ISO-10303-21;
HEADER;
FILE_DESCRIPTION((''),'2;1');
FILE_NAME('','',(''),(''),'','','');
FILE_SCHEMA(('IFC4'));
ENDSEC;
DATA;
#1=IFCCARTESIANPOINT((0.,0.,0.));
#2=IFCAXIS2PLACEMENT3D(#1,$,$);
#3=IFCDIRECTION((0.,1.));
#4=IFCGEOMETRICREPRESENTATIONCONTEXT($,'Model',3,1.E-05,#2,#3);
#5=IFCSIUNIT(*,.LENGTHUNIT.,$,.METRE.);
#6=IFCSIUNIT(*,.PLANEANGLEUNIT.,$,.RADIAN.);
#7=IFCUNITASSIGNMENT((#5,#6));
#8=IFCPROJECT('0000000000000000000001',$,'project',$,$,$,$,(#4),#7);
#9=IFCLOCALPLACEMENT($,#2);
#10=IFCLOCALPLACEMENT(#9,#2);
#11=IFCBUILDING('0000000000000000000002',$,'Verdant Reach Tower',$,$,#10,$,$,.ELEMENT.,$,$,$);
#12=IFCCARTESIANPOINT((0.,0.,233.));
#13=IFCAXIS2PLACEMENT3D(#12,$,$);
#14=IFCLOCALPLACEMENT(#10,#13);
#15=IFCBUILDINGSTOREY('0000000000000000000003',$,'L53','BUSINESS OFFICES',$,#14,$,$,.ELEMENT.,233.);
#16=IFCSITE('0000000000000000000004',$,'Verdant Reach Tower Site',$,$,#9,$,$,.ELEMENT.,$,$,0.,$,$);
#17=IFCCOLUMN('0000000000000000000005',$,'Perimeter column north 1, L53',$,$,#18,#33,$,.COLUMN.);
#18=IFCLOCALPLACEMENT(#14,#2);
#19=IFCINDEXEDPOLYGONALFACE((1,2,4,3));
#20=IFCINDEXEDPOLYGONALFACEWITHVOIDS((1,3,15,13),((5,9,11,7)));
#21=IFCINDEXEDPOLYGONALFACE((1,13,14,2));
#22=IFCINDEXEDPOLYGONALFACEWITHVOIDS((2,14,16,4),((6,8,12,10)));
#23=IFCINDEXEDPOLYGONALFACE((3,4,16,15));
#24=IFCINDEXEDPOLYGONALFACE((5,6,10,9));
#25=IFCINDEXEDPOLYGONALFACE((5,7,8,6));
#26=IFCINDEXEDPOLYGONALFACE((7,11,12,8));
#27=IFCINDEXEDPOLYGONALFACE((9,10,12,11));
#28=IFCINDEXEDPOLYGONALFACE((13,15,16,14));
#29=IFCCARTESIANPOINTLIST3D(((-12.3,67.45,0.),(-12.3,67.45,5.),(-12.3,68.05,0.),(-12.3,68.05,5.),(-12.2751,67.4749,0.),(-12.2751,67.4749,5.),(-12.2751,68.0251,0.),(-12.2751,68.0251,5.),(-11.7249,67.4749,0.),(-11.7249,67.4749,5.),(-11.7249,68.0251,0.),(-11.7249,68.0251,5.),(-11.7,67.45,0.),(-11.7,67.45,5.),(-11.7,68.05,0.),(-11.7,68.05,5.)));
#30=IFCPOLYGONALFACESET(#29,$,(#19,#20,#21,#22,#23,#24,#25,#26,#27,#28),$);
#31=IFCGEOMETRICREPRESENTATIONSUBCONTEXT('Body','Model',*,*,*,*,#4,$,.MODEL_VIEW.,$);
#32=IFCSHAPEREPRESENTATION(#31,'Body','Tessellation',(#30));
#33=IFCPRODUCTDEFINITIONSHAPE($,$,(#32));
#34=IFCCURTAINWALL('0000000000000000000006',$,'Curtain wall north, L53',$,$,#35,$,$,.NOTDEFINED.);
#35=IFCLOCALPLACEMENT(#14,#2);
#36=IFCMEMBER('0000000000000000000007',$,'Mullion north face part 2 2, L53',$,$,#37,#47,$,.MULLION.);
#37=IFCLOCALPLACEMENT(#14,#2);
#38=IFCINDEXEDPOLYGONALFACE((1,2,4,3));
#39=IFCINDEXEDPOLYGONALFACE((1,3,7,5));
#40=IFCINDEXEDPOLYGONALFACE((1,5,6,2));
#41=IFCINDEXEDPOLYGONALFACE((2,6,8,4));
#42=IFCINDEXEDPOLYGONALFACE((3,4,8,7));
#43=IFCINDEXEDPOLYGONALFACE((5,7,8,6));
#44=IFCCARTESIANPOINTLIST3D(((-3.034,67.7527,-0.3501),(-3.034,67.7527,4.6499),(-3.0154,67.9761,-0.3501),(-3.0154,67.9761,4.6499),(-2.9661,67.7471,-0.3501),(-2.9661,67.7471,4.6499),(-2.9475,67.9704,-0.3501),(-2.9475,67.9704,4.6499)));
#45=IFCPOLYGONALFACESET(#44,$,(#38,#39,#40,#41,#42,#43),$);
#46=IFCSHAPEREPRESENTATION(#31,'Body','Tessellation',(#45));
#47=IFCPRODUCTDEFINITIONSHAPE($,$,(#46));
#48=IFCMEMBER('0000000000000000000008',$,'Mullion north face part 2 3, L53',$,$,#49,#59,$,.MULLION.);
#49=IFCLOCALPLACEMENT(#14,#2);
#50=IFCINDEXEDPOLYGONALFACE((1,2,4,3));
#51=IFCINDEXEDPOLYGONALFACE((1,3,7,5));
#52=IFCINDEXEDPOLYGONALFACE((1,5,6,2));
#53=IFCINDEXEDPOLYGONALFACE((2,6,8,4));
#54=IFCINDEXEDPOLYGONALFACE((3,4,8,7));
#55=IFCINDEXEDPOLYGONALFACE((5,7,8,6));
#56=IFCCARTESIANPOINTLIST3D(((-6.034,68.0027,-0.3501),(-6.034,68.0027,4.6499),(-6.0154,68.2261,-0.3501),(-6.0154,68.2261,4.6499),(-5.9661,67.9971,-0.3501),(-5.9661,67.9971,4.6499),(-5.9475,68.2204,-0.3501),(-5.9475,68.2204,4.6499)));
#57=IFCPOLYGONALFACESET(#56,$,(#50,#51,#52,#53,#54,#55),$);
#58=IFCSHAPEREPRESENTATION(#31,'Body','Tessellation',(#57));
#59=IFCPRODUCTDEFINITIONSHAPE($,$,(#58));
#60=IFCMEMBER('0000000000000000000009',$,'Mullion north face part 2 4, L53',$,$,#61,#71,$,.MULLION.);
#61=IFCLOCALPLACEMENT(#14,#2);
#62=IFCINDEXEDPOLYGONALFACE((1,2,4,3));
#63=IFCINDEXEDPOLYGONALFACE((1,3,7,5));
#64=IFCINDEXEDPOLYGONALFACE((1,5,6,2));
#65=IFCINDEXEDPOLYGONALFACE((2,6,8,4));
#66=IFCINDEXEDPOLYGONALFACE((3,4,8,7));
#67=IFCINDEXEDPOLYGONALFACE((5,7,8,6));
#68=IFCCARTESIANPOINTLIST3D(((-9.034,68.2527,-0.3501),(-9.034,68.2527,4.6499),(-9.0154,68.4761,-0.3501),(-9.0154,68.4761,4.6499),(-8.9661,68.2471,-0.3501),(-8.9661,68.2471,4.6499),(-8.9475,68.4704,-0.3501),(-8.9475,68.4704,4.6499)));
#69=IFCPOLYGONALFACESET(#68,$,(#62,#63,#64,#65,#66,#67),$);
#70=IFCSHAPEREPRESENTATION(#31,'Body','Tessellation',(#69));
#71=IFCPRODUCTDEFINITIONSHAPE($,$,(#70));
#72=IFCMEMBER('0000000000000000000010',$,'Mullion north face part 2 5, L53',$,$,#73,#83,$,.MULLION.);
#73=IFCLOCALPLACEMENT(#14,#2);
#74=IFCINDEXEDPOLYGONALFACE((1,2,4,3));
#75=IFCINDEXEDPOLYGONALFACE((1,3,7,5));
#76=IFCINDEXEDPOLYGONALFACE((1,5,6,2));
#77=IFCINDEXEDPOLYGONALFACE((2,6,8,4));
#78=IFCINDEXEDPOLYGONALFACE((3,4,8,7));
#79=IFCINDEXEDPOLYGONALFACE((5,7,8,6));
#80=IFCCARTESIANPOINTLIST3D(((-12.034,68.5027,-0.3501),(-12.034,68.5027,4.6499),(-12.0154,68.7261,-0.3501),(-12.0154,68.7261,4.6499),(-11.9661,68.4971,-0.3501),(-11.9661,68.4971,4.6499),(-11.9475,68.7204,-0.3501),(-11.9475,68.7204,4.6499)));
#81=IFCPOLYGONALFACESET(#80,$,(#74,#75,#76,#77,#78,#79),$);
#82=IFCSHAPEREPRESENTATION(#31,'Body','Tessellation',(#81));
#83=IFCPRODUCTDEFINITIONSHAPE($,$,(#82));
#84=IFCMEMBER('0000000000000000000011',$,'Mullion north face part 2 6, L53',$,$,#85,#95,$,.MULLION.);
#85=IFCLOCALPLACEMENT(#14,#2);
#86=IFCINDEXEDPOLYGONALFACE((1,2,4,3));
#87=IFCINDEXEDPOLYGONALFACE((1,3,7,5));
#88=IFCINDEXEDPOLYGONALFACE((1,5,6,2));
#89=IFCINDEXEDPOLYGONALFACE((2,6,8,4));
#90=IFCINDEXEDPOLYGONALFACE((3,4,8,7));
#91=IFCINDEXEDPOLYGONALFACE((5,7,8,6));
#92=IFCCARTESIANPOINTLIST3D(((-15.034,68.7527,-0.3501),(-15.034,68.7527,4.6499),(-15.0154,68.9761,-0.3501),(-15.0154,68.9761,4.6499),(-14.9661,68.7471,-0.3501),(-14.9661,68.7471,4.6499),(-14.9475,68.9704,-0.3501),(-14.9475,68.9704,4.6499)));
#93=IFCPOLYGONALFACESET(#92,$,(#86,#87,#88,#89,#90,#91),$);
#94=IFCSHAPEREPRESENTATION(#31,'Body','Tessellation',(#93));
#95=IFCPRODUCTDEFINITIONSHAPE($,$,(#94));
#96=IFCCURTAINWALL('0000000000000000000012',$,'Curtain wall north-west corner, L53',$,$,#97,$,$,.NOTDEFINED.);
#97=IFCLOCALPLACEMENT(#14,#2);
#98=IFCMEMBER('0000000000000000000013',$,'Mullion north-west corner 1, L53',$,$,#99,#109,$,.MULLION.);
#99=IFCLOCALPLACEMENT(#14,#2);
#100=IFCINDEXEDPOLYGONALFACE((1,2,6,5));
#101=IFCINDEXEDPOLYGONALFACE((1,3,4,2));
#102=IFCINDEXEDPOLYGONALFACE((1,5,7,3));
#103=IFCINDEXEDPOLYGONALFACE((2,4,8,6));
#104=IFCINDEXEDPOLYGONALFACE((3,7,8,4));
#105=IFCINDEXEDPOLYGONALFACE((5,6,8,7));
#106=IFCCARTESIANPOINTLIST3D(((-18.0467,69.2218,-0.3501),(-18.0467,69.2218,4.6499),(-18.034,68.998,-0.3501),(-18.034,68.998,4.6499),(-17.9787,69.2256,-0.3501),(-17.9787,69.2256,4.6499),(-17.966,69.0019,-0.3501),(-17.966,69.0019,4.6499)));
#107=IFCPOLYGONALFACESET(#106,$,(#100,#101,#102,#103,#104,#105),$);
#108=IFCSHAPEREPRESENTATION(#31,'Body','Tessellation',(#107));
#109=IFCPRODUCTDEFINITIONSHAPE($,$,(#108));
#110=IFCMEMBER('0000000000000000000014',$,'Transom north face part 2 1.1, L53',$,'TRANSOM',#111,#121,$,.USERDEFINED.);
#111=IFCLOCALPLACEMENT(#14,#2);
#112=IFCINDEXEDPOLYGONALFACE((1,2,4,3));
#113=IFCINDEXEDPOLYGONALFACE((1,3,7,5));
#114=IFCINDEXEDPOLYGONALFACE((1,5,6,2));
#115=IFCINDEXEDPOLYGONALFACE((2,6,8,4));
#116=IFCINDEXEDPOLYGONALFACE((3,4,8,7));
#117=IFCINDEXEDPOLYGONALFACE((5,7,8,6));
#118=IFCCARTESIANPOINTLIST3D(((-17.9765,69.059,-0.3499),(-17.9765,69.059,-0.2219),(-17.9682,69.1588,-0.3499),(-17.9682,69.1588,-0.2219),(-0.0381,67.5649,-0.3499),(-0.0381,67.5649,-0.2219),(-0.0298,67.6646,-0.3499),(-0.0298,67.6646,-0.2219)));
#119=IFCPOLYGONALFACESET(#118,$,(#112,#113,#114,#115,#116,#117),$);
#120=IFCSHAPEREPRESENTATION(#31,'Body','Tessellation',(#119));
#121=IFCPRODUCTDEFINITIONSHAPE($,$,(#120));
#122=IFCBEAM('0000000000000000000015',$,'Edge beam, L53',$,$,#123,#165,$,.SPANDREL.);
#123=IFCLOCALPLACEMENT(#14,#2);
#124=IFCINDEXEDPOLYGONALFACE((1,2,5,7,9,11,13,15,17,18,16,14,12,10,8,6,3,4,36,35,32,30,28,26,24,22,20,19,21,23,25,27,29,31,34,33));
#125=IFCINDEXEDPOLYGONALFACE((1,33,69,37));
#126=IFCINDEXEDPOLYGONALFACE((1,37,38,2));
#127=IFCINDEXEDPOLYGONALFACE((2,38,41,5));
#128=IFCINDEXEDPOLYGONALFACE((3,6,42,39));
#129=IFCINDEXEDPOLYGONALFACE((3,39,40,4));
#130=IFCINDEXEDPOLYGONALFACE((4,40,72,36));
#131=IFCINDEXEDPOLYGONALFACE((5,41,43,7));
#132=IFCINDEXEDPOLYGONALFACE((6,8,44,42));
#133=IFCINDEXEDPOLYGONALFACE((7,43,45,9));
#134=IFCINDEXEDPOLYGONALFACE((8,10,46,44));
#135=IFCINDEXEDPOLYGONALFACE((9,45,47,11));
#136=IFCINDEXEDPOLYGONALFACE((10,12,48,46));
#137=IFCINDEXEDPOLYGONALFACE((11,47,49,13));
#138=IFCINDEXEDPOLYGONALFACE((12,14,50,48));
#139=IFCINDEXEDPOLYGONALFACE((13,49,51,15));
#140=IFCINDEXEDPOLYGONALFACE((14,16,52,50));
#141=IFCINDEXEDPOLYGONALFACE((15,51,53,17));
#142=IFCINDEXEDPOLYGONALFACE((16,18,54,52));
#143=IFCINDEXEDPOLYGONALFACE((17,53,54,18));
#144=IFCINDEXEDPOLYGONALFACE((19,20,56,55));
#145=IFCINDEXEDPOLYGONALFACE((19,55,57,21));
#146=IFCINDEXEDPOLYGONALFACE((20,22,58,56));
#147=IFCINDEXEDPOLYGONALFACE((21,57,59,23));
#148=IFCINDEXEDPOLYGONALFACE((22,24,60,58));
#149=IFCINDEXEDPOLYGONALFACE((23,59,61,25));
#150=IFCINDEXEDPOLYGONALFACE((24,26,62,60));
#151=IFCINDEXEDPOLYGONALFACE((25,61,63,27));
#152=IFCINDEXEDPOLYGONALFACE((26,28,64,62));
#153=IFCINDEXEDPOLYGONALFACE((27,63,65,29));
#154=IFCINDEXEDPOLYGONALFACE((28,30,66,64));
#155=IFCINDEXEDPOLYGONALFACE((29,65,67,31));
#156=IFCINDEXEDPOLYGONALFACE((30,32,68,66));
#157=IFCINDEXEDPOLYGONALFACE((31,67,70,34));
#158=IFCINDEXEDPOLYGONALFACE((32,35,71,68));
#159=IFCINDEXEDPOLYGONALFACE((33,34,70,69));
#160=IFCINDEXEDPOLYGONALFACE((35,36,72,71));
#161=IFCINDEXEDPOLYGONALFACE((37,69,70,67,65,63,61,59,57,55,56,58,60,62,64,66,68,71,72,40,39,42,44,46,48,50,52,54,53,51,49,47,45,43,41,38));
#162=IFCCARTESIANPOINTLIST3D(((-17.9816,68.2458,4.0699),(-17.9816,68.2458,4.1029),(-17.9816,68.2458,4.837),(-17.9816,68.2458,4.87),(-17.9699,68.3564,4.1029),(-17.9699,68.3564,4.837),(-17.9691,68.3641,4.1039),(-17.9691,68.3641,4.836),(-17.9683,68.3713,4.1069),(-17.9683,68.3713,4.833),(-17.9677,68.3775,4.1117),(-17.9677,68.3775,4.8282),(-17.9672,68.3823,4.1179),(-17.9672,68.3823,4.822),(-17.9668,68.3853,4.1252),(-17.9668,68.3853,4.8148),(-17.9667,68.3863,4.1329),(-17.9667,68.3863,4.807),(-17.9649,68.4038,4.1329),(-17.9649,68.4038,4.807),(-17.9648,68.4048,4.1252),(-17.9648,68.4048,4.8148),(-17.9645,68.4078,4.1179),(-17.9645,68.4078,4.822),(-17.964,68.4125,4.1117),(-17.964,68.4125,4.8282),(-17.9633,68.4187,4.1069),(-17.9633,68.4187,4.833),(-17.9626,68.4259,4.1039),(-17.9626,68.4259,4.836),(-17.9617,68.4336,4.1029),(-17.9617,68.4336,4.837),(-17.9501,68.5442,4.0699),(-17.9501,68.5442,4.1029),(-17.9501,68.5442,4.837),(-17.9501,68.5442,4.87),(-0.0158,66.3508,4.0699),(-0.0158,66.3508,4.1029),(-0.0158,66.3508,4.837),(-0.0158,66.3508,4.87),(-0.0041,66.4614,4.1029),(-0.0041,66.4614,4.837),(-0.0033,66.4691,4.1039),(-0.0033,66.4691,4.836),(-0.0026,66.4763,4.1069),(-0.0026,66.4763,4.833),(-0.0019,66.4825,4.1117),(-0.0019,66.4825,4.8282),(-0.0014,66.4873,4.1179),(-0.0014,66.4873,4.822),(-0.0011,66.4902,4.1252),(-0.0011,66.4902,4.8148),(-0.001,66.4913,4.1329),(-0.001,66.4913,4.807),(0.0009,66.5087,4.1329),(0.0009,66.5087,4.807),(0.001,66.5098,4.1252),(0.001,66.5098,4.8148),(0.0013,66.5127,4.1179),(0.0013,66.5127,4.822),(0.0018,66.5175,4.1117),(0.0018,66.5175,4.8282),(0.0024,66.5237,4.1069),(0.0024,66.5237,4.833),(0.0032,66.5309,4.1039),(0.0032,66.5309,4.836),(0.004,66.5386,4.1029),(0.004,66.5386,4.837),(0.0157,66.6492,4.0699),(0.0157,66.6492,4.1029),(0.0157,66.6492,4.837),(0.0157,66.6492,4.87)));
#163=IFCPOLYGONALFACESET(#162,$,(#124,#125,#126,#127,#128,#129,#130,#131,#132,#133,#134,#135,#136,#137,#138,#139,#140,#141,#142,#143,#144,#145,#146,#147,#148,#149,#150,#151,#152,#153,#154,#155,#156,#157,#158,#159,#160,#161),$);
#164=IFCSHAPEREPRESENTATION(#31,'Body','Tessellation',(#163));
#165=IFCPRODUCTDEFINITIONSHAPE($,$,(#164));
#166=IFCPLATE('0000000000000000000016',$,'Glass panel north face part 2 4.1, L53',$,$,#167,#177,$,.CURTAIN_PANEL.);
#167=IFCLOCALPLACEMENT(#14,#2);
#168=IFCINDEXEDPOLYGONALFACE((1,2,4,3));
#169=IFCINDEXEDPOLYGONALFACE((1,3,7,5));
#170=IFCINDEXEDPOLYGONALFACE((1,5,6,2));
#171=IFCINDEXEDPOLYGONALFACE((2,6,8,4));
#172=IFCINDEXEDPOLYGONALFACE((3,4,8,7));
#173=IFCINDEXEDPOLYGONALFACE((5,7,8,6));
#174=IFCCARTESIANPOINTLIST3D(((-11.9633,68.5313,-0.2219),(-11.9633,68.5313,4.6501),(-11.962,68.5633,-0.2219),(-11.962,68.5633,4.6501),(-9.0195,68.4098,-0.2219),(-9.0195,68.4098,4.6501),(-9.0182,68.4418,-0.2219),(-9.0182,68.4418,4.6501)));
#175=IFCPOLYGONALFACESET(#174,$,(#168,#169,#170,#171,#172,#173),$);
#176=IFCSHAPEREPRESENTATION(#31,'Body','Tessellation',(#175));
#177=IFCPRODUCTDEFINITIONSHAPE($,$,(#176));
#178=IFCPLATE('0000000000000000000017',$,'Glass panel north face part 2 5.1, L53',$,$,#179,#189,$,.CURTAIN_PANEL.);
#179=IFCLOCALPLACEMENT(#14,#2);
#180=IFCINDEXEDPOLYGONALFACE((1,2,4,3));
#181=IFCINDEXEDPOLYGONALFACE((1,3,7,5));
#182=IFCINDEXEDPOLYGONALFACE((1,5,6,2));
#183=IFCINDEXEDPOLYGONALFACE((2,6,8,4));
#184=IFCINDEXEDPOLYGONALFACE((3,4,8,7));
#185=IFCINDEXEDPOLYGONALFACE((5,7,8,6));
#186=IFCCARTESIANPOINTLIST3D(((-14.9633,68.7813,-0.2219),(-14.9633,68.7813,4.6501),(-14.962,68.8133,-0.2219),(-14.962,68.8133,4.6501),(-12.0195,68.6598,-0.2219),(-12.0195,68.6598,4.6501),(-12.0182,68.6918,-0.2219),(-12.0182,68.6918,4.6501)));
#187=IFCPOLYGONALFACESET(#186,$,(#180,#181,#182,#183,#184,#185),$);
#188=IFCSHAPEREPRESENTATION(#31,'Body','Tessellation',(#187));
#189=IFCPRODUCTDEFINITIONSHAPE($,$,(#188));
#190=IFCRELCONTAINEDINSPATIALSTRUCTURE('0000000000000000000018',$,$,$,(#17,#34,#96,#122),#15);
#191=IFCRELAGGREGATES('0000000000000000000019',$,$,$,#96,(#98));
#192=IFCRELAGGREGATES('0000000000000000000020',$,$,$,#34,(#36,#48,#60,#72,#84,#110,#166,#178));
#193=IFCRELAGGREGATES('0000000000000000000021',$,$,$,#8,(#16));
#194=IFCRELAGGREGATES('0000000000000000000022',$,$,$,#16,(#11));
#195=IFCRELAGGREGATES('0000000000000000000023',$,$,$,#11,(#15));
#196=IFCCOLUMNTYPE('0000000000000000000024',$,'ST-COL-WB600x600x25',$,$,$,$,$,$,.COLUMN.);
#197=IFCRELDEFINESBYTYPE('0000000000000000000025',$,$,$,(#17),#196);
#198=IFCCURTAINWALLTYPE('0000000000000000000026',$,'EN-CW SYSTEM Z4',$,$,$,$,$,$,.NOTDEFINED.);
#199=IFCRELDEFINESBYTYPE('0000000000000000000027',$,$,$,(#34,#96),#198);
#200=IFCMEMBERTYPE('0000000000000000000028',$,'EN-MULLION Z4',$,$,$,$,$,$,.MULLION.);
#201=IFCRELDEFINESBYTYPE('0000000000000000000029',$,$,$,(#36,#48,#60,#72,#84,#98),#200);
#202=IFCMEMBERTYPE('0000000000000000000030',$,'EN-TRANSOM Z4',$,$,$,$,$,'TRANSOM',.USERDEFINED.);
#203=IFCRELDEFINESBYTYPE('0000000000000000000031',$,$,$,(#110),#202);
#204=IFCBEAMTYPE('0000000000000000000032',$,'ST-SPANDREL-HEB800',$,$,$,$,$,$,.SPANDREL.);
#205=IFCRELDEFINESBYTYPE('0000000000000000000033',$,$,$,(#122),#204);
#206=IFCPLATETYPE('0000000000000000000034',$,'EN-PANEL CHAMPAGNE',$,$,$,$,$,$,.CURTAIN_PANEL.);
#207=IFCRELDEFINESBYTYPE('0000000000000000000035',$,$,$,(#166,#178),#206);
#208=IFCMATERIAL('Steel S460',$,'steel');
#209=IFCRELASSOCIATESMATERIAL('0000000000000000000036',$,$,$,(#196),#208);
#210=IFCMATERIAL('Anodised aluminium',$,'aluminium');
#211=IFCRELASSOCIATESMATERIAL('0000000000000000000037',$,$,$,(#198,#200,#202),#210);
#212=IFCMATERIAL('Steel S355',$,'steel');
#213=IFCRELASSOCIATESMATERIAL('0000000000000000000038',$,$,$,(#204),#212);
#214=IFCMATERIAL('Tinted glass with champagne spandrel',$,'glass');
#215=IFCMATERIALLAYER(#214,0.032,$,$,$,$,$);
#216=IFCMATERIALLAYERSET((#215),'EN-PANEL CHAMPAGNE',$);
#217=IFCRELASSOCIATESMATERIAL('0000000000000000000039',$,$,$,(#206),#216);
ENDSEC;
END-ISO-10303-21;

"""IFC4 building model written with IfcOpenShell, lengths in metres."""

from ifc_helpers import new_model, si_unit, direction, frame, origin, origin_2d, place, context, subcontext, project, spatial, rectangle, hollow_rectangle, i_section, extrude, material, layer, layer_set, material_profile, profile_set, type_object, element, aggregate, save


model = new_model("IFC4")

# Units and contexts
model_context = context("Model", 3, precision=1e-05, world=origin(), true_north=direction((0.0, 1.0)))
body_context = subcontext(model_context, "Body", "Model", "MODEL_VIEW")
ifc_project = project(units=[si_unit("LENGTHUNIT", "METRE"), si_unit("PLANEANGLEUNIT", "RADIAN")], contexts=[model_context])

# Site, building, storey
site_placement = place(None, origin())
site = spatial("IfcSite", under=ifc_project, at=site_placement, Name="Verdant Reach Tower Site", CompositionType="ELEMENT", RefElevation=0.0)
building_placement = place(site_placement, origin())
building = spatial("IfcBuilding", under=site, at=building_placement, Name="Verdant Reach Tower", CompositionType="ELEMENT")
storey_placement = place(building_placement, frame((0.0, 0.0, 233.0)))
storey = spatial("IfcBuildingStorey", under=building, at=storey_placement, Name="L53", Description="BUSINESS OFFICES", CompositionType="ELEMENT", Elevation=233.0)

# Column
ifc_material_1 = material(Name="Steel S460", Category="steel")
ifc_material_profile_1 = material_profile(ifc_material_1, hollow_rectangle(XDim=0.6001, YDim=0.6001, WallThickness=0.0249, at=origin_2d()), Name="WB 600x600x25")
ifc_profile_set_1 = profile_set([ifc_material_profile_1], Name="Steel S460")
column_type = type_object("IfcColumnType", Name="ST-COL-WB600x600x25", PredefinedType="COLUMN", material=ifc_profile_set_1)
column_placement = place(storey_placement, frame((-12.0, 67.75, 0.0), z_axis=(0.0, 0.0, 1.0), x_axis=(1.0, 0.0, 0.0)))
element("IfcColumn", 1, at=column_placement, inside=storey, type_object=column_type, Name="Perimeter column north 1, L53", PredefinedType="COLUMN", context=body_context, shape_type="SweptSolid", body=[
    extrude(hollow_rectangle(XDim=0.6001, YDim=0.6001, WallThickness=0.0249, at=origin_2d()), origin(), (0.0, 0.0, 1.0), 5.0),
])

# Curtain wall, members
ifc_material_2 = material(Name="Anodised aluminium", Category="aluminium")
curtain_wall_type = type_object("IfcCurtainWallType", Name="EN-CW SYSTEM Z4", PredefinedType="NOTDEFINED", material=ifc_material_2)
curtain_wall_1_placement = place(storey_placement, origin())
curtain_wall_1 = element("IfcCurtainWall", 2, at=curtain_wall_1_placement, inside=storey, type_object=curtain_wall_type, Name="Curtain wall north, L53", PredefinedType="NOTDEFINED")
ifc_material_profile_2 = material_profile(ifc_material_2, rectangle(XDim=0.2241, YDim=0.0681, at=origin_2d()), Name="Mullion 68x224")
ifc_profile_set_2 = profile_set([ifc_material_profile_2], Name="Anodised aluminium")
member_type_1 = type_object("IfcMemberType", Name="EN-MULLION Z4", PredefinedType="MULLION", material=ifc_profile_set_2)
member_1_placement = place(storey_placement, frame((-2.9907, 67.8616, -0.3501), z_axis=(0.0, 0.0, 1.0), x_axis=(0.083045, 0.996546, 0.0)))
member_1 = element("IfcMember", 3, at=member_1_placement, type_object=member_type_1, Name="Mullion north face part 2 2, L53", PredefinedType="MULLION", context=body_context, shape_type="SweptSolid", body=[
    extrude(rectangle(XDim=0.2241, YDim=0.0681, at=origin_2d()), origin(), (0.0, 0.0, 1.0), 5.0),
])
member_2_placement = place(storey_placement, frame((-5.9907, 68.1116, -0.3501), z_axis=(0.0, 0.0, 1.0), x_axis=(0.083045, 0.996546, 0.0)))
member_2 = element("IfcMember", 4, at=member_2_placement, type_object=member_type_1, Name="Mullion north face part 2 3, L53", PredefinedType="MULLION", context=body_context, shape_type="SweptSolid", body=[
    extrude(rectangle(XDim=0.2241, YDim=0.0681, at=origin_2d()), origin(), (0.0, 0.0, 1.0), 5.0),
])
member_3_placement = place(storey_placement, frame((-8.9907, 68.3616, -0.3501), z_axis=(0.0, 0.0, 1.0), x_axis=(0.083045, 0.996546, 0.0)))
member_3 = element("IfcMember", 5, at=member_3_placement, type_object=member_type_1, Name="Mullion north face part 2 4, L53", PredefinedType="MULLION", context=body_context, shape_type="SweptSolid", body=[
    extrude(rectangle(XDim=0.2241, YDim=0.0681, at=origin_2d()), origin(), (0.0, 0.0, 1.0), 5.0),
])
member_4_placement = place(storey_placement, frame((-11.9907, 68.6116, -0.3501), z_axis=(0.0, 0.0, 1.0), x_axis=(0.083045, 0.996546, 0.0)))
member_4 = element("IfcMember", 6, at=member_4_placement, type_object=member_type_1, Name="Mullion north face part 2 5, L53", PredefinedType="MULLION", context=body_context, shape_type="SweptSolid", body=[
    extrude(rectangle(XDim=0.2241, YDim=0.0681, at=origin_2d()), origin(), (0.0, 0.0, 1.0), 5.0),
])
member_5_placement = place(storey_placement, frame((-14.9907, 68.8616, -0.3501), z_axis=(0.0, 0.0, 1.0), x_axis=(0.083045, 0.996546, 0.0)))
member_5 = element("IfcMember", 7, at=member_5_placement, type_object=member_type_1, Name="Mullion north face part 2 6, L53", PredefinedType="MULLION", context=body_context, shape_type="SweptSolid", body=[
    extrude(rectangle(XDim=0.2241, YDim=0.0681, at=origin_2d()), origin(), (0.0, 0.0, 1.0), 5.0),
])

# Curtain wall, member
curtain_wall_2_placement = place(storey_placement, origin())
curtain_wall_2 = element("IfcCurtainWall", 8, at=curtain_wall_2_placement, inside=storey, type_object=curtain_wall_type, Name="Curtain wall north-west corner, L53", PredefinedType="NOTDEFINED")
member_6_placement = place(storey_placement, frame((-18.0063, 69.1118, -0.3501), z_axis=(0.0, 0.0, 1.0), x_axis=(-0.056569, 0.998399, 0.0)))
member_6 = element("IfcMember", 9, at=member_6_placement, type_object=member_type_1, Name="Mullion north-west corner 1, L53", PredefinedType="MULLION", context=body_context, shape_type="SweptSolid", body=[
    extrude(rectangle(XDim=0.2241, YDim=0.0681, at=origin_2d()), origin(), (0.0, 0.0, 1.0), 5.0),
])
aggregate(curtain_wall_2, [member_6])

# Member
ifc_material_profile_3 = material_profile(ifc_material_2, rectangle(XDim=0.1001, YDim=0.1279, at=origin_2d()), Name="Transom 128x100")
ifc_profile_set_3 = profile_set([ifc_material_profile_3], Name="Anodised aluminium")
member_type_2 = type_object("IfcMemberType", Name="EN-TRANSOM Z4", ElementType="TRANSOM", PredefinedType="USERDEFINED", material=ifc_profile_set_3)
member_7_placement = place(storey_placement, frame((-0.0339, 67.6147, -0.2859), z_axis=(-0.996549, 0.083005, 0.0), x_axis=(-0.083005, -0.996549, 0.0)))
member_7 = element("IfcMember", 10, at=member_7_placement, type_object=member_type_2, Name="Transom north face part 2 1.1, L53", ObjectType="TRANSOM", PredefinedType="USERDEFINED", context=body_context, shape_type="SweptSolid", body=[
    extrude(rectangle(XDim=0.1001, YDim=0.1279, at=origin_2d()), origin(), (0.0, 0.0, 1.0), 18.0005),
])

# Beam
ifc_material_3 = material(Name="Steel S355", Category="steel")
ifc_material_profile_4 = material_profile(ifc_material_3, i_section(OverallWidth=0.3, OverallDepth=0.8, WebThickness=0.0176, FlangeThickness=0.033, FilletRadius=0.03, at=origin_2d()), Name="HEB 800")
ifc_profile_set_4 = profile_set([ifc_material_profile_4], Name="Steel S355")
beam_type = type_object("IfcBeamType", Name="ST-SPANDREL-HEB800", PredefinedType="SPANDREL", material=ifc_profile_set_4)
beam_placement = place(storey_placement, frame((-17.9658, 68.395, 4.47), z_axis=(0.994483, -0.104897, 0.0), x_axis=(0.104897, 0.994483, 0.0)))
element("IfcBeam", 11, at=beam_placement, inside=storey, type_object=beam_type, Name="Edge beam, L53", PredefinedType="SPANDREL", context=body_context, shape_type="SweptSolid", body=[
    extrude(i_section(OverallWidth=0.3, OverallDepth=0.8, WebThickness=0.0176, FlangeThickness=0.033, FilletRadius=0.03, at=origin_2d()), origin(), (0.0, 0.0, 1.0), 18.0654),
])

# Plates
ifc_material_4 = material(Name="Tinted glass with champagne spandrel", Category="glass")
ifc_layer_1 = layer(ifc_material_4, 0.032)
ifc_layer_set_1 = layer_set([ifc_layer_1], Name="EN-PANEL CHAMPAGNE")
plate_type_1 = type_object("IfcPlateType", Name="EN-PANEL CHAMPAGNE", PredefinedType="CURTAIN_PANEL", material=ifc_layer_set_1)
plate_1_placement = place(storey_placement, frame((-10.4907, 68.4866, -0.2219), z_axis=(0.0, 0.0, 1.0), x_axis=(-0.999149, 0.041242, 0.0)))
plate_1 = element("IfcPlate", 12, at=plate_1_placement, type_object=plate_type_1, Name="Glass panel north face part 2 4.1, L53", PredefinedType="CURTAIN_PANEL", context=body_context, shape_type="SweptSolid", body=[
    extrude(rectangle(XDim=2.9463, YDim=0.032, at=origin_2d()), origin(), (0.0, 0.0, 1.0), 4.8721),
])
plate_2_placement = place(storey_placement, frame((-13.4907, 68.7366, -0.2219), z_axis=(0.0, 0.0, 1.0), x_axis=(-0.999149, 0.041242, 0.0)))
plate_2 = element("IfcPlate", 13, at=plate_2_placement, type_object=plate_type_1, Name="Glass panel north face part 2 5.1, L53", PredefinedType="CURTAIN_PANEL", context=body_context, shape_type="SweptSolid", body=[
    extrude(rectangle(XDim=2.9463, YDim=0.032, at=origin_2d()), origin(), (0.0, 0.0, 1.0), 4.8721),
])
aggregate(curtain_wall_1, [member_1, member_2, member_3, member_4, member_5, member_7, plate_1, plate_2])

save(model, "model.ifc")
